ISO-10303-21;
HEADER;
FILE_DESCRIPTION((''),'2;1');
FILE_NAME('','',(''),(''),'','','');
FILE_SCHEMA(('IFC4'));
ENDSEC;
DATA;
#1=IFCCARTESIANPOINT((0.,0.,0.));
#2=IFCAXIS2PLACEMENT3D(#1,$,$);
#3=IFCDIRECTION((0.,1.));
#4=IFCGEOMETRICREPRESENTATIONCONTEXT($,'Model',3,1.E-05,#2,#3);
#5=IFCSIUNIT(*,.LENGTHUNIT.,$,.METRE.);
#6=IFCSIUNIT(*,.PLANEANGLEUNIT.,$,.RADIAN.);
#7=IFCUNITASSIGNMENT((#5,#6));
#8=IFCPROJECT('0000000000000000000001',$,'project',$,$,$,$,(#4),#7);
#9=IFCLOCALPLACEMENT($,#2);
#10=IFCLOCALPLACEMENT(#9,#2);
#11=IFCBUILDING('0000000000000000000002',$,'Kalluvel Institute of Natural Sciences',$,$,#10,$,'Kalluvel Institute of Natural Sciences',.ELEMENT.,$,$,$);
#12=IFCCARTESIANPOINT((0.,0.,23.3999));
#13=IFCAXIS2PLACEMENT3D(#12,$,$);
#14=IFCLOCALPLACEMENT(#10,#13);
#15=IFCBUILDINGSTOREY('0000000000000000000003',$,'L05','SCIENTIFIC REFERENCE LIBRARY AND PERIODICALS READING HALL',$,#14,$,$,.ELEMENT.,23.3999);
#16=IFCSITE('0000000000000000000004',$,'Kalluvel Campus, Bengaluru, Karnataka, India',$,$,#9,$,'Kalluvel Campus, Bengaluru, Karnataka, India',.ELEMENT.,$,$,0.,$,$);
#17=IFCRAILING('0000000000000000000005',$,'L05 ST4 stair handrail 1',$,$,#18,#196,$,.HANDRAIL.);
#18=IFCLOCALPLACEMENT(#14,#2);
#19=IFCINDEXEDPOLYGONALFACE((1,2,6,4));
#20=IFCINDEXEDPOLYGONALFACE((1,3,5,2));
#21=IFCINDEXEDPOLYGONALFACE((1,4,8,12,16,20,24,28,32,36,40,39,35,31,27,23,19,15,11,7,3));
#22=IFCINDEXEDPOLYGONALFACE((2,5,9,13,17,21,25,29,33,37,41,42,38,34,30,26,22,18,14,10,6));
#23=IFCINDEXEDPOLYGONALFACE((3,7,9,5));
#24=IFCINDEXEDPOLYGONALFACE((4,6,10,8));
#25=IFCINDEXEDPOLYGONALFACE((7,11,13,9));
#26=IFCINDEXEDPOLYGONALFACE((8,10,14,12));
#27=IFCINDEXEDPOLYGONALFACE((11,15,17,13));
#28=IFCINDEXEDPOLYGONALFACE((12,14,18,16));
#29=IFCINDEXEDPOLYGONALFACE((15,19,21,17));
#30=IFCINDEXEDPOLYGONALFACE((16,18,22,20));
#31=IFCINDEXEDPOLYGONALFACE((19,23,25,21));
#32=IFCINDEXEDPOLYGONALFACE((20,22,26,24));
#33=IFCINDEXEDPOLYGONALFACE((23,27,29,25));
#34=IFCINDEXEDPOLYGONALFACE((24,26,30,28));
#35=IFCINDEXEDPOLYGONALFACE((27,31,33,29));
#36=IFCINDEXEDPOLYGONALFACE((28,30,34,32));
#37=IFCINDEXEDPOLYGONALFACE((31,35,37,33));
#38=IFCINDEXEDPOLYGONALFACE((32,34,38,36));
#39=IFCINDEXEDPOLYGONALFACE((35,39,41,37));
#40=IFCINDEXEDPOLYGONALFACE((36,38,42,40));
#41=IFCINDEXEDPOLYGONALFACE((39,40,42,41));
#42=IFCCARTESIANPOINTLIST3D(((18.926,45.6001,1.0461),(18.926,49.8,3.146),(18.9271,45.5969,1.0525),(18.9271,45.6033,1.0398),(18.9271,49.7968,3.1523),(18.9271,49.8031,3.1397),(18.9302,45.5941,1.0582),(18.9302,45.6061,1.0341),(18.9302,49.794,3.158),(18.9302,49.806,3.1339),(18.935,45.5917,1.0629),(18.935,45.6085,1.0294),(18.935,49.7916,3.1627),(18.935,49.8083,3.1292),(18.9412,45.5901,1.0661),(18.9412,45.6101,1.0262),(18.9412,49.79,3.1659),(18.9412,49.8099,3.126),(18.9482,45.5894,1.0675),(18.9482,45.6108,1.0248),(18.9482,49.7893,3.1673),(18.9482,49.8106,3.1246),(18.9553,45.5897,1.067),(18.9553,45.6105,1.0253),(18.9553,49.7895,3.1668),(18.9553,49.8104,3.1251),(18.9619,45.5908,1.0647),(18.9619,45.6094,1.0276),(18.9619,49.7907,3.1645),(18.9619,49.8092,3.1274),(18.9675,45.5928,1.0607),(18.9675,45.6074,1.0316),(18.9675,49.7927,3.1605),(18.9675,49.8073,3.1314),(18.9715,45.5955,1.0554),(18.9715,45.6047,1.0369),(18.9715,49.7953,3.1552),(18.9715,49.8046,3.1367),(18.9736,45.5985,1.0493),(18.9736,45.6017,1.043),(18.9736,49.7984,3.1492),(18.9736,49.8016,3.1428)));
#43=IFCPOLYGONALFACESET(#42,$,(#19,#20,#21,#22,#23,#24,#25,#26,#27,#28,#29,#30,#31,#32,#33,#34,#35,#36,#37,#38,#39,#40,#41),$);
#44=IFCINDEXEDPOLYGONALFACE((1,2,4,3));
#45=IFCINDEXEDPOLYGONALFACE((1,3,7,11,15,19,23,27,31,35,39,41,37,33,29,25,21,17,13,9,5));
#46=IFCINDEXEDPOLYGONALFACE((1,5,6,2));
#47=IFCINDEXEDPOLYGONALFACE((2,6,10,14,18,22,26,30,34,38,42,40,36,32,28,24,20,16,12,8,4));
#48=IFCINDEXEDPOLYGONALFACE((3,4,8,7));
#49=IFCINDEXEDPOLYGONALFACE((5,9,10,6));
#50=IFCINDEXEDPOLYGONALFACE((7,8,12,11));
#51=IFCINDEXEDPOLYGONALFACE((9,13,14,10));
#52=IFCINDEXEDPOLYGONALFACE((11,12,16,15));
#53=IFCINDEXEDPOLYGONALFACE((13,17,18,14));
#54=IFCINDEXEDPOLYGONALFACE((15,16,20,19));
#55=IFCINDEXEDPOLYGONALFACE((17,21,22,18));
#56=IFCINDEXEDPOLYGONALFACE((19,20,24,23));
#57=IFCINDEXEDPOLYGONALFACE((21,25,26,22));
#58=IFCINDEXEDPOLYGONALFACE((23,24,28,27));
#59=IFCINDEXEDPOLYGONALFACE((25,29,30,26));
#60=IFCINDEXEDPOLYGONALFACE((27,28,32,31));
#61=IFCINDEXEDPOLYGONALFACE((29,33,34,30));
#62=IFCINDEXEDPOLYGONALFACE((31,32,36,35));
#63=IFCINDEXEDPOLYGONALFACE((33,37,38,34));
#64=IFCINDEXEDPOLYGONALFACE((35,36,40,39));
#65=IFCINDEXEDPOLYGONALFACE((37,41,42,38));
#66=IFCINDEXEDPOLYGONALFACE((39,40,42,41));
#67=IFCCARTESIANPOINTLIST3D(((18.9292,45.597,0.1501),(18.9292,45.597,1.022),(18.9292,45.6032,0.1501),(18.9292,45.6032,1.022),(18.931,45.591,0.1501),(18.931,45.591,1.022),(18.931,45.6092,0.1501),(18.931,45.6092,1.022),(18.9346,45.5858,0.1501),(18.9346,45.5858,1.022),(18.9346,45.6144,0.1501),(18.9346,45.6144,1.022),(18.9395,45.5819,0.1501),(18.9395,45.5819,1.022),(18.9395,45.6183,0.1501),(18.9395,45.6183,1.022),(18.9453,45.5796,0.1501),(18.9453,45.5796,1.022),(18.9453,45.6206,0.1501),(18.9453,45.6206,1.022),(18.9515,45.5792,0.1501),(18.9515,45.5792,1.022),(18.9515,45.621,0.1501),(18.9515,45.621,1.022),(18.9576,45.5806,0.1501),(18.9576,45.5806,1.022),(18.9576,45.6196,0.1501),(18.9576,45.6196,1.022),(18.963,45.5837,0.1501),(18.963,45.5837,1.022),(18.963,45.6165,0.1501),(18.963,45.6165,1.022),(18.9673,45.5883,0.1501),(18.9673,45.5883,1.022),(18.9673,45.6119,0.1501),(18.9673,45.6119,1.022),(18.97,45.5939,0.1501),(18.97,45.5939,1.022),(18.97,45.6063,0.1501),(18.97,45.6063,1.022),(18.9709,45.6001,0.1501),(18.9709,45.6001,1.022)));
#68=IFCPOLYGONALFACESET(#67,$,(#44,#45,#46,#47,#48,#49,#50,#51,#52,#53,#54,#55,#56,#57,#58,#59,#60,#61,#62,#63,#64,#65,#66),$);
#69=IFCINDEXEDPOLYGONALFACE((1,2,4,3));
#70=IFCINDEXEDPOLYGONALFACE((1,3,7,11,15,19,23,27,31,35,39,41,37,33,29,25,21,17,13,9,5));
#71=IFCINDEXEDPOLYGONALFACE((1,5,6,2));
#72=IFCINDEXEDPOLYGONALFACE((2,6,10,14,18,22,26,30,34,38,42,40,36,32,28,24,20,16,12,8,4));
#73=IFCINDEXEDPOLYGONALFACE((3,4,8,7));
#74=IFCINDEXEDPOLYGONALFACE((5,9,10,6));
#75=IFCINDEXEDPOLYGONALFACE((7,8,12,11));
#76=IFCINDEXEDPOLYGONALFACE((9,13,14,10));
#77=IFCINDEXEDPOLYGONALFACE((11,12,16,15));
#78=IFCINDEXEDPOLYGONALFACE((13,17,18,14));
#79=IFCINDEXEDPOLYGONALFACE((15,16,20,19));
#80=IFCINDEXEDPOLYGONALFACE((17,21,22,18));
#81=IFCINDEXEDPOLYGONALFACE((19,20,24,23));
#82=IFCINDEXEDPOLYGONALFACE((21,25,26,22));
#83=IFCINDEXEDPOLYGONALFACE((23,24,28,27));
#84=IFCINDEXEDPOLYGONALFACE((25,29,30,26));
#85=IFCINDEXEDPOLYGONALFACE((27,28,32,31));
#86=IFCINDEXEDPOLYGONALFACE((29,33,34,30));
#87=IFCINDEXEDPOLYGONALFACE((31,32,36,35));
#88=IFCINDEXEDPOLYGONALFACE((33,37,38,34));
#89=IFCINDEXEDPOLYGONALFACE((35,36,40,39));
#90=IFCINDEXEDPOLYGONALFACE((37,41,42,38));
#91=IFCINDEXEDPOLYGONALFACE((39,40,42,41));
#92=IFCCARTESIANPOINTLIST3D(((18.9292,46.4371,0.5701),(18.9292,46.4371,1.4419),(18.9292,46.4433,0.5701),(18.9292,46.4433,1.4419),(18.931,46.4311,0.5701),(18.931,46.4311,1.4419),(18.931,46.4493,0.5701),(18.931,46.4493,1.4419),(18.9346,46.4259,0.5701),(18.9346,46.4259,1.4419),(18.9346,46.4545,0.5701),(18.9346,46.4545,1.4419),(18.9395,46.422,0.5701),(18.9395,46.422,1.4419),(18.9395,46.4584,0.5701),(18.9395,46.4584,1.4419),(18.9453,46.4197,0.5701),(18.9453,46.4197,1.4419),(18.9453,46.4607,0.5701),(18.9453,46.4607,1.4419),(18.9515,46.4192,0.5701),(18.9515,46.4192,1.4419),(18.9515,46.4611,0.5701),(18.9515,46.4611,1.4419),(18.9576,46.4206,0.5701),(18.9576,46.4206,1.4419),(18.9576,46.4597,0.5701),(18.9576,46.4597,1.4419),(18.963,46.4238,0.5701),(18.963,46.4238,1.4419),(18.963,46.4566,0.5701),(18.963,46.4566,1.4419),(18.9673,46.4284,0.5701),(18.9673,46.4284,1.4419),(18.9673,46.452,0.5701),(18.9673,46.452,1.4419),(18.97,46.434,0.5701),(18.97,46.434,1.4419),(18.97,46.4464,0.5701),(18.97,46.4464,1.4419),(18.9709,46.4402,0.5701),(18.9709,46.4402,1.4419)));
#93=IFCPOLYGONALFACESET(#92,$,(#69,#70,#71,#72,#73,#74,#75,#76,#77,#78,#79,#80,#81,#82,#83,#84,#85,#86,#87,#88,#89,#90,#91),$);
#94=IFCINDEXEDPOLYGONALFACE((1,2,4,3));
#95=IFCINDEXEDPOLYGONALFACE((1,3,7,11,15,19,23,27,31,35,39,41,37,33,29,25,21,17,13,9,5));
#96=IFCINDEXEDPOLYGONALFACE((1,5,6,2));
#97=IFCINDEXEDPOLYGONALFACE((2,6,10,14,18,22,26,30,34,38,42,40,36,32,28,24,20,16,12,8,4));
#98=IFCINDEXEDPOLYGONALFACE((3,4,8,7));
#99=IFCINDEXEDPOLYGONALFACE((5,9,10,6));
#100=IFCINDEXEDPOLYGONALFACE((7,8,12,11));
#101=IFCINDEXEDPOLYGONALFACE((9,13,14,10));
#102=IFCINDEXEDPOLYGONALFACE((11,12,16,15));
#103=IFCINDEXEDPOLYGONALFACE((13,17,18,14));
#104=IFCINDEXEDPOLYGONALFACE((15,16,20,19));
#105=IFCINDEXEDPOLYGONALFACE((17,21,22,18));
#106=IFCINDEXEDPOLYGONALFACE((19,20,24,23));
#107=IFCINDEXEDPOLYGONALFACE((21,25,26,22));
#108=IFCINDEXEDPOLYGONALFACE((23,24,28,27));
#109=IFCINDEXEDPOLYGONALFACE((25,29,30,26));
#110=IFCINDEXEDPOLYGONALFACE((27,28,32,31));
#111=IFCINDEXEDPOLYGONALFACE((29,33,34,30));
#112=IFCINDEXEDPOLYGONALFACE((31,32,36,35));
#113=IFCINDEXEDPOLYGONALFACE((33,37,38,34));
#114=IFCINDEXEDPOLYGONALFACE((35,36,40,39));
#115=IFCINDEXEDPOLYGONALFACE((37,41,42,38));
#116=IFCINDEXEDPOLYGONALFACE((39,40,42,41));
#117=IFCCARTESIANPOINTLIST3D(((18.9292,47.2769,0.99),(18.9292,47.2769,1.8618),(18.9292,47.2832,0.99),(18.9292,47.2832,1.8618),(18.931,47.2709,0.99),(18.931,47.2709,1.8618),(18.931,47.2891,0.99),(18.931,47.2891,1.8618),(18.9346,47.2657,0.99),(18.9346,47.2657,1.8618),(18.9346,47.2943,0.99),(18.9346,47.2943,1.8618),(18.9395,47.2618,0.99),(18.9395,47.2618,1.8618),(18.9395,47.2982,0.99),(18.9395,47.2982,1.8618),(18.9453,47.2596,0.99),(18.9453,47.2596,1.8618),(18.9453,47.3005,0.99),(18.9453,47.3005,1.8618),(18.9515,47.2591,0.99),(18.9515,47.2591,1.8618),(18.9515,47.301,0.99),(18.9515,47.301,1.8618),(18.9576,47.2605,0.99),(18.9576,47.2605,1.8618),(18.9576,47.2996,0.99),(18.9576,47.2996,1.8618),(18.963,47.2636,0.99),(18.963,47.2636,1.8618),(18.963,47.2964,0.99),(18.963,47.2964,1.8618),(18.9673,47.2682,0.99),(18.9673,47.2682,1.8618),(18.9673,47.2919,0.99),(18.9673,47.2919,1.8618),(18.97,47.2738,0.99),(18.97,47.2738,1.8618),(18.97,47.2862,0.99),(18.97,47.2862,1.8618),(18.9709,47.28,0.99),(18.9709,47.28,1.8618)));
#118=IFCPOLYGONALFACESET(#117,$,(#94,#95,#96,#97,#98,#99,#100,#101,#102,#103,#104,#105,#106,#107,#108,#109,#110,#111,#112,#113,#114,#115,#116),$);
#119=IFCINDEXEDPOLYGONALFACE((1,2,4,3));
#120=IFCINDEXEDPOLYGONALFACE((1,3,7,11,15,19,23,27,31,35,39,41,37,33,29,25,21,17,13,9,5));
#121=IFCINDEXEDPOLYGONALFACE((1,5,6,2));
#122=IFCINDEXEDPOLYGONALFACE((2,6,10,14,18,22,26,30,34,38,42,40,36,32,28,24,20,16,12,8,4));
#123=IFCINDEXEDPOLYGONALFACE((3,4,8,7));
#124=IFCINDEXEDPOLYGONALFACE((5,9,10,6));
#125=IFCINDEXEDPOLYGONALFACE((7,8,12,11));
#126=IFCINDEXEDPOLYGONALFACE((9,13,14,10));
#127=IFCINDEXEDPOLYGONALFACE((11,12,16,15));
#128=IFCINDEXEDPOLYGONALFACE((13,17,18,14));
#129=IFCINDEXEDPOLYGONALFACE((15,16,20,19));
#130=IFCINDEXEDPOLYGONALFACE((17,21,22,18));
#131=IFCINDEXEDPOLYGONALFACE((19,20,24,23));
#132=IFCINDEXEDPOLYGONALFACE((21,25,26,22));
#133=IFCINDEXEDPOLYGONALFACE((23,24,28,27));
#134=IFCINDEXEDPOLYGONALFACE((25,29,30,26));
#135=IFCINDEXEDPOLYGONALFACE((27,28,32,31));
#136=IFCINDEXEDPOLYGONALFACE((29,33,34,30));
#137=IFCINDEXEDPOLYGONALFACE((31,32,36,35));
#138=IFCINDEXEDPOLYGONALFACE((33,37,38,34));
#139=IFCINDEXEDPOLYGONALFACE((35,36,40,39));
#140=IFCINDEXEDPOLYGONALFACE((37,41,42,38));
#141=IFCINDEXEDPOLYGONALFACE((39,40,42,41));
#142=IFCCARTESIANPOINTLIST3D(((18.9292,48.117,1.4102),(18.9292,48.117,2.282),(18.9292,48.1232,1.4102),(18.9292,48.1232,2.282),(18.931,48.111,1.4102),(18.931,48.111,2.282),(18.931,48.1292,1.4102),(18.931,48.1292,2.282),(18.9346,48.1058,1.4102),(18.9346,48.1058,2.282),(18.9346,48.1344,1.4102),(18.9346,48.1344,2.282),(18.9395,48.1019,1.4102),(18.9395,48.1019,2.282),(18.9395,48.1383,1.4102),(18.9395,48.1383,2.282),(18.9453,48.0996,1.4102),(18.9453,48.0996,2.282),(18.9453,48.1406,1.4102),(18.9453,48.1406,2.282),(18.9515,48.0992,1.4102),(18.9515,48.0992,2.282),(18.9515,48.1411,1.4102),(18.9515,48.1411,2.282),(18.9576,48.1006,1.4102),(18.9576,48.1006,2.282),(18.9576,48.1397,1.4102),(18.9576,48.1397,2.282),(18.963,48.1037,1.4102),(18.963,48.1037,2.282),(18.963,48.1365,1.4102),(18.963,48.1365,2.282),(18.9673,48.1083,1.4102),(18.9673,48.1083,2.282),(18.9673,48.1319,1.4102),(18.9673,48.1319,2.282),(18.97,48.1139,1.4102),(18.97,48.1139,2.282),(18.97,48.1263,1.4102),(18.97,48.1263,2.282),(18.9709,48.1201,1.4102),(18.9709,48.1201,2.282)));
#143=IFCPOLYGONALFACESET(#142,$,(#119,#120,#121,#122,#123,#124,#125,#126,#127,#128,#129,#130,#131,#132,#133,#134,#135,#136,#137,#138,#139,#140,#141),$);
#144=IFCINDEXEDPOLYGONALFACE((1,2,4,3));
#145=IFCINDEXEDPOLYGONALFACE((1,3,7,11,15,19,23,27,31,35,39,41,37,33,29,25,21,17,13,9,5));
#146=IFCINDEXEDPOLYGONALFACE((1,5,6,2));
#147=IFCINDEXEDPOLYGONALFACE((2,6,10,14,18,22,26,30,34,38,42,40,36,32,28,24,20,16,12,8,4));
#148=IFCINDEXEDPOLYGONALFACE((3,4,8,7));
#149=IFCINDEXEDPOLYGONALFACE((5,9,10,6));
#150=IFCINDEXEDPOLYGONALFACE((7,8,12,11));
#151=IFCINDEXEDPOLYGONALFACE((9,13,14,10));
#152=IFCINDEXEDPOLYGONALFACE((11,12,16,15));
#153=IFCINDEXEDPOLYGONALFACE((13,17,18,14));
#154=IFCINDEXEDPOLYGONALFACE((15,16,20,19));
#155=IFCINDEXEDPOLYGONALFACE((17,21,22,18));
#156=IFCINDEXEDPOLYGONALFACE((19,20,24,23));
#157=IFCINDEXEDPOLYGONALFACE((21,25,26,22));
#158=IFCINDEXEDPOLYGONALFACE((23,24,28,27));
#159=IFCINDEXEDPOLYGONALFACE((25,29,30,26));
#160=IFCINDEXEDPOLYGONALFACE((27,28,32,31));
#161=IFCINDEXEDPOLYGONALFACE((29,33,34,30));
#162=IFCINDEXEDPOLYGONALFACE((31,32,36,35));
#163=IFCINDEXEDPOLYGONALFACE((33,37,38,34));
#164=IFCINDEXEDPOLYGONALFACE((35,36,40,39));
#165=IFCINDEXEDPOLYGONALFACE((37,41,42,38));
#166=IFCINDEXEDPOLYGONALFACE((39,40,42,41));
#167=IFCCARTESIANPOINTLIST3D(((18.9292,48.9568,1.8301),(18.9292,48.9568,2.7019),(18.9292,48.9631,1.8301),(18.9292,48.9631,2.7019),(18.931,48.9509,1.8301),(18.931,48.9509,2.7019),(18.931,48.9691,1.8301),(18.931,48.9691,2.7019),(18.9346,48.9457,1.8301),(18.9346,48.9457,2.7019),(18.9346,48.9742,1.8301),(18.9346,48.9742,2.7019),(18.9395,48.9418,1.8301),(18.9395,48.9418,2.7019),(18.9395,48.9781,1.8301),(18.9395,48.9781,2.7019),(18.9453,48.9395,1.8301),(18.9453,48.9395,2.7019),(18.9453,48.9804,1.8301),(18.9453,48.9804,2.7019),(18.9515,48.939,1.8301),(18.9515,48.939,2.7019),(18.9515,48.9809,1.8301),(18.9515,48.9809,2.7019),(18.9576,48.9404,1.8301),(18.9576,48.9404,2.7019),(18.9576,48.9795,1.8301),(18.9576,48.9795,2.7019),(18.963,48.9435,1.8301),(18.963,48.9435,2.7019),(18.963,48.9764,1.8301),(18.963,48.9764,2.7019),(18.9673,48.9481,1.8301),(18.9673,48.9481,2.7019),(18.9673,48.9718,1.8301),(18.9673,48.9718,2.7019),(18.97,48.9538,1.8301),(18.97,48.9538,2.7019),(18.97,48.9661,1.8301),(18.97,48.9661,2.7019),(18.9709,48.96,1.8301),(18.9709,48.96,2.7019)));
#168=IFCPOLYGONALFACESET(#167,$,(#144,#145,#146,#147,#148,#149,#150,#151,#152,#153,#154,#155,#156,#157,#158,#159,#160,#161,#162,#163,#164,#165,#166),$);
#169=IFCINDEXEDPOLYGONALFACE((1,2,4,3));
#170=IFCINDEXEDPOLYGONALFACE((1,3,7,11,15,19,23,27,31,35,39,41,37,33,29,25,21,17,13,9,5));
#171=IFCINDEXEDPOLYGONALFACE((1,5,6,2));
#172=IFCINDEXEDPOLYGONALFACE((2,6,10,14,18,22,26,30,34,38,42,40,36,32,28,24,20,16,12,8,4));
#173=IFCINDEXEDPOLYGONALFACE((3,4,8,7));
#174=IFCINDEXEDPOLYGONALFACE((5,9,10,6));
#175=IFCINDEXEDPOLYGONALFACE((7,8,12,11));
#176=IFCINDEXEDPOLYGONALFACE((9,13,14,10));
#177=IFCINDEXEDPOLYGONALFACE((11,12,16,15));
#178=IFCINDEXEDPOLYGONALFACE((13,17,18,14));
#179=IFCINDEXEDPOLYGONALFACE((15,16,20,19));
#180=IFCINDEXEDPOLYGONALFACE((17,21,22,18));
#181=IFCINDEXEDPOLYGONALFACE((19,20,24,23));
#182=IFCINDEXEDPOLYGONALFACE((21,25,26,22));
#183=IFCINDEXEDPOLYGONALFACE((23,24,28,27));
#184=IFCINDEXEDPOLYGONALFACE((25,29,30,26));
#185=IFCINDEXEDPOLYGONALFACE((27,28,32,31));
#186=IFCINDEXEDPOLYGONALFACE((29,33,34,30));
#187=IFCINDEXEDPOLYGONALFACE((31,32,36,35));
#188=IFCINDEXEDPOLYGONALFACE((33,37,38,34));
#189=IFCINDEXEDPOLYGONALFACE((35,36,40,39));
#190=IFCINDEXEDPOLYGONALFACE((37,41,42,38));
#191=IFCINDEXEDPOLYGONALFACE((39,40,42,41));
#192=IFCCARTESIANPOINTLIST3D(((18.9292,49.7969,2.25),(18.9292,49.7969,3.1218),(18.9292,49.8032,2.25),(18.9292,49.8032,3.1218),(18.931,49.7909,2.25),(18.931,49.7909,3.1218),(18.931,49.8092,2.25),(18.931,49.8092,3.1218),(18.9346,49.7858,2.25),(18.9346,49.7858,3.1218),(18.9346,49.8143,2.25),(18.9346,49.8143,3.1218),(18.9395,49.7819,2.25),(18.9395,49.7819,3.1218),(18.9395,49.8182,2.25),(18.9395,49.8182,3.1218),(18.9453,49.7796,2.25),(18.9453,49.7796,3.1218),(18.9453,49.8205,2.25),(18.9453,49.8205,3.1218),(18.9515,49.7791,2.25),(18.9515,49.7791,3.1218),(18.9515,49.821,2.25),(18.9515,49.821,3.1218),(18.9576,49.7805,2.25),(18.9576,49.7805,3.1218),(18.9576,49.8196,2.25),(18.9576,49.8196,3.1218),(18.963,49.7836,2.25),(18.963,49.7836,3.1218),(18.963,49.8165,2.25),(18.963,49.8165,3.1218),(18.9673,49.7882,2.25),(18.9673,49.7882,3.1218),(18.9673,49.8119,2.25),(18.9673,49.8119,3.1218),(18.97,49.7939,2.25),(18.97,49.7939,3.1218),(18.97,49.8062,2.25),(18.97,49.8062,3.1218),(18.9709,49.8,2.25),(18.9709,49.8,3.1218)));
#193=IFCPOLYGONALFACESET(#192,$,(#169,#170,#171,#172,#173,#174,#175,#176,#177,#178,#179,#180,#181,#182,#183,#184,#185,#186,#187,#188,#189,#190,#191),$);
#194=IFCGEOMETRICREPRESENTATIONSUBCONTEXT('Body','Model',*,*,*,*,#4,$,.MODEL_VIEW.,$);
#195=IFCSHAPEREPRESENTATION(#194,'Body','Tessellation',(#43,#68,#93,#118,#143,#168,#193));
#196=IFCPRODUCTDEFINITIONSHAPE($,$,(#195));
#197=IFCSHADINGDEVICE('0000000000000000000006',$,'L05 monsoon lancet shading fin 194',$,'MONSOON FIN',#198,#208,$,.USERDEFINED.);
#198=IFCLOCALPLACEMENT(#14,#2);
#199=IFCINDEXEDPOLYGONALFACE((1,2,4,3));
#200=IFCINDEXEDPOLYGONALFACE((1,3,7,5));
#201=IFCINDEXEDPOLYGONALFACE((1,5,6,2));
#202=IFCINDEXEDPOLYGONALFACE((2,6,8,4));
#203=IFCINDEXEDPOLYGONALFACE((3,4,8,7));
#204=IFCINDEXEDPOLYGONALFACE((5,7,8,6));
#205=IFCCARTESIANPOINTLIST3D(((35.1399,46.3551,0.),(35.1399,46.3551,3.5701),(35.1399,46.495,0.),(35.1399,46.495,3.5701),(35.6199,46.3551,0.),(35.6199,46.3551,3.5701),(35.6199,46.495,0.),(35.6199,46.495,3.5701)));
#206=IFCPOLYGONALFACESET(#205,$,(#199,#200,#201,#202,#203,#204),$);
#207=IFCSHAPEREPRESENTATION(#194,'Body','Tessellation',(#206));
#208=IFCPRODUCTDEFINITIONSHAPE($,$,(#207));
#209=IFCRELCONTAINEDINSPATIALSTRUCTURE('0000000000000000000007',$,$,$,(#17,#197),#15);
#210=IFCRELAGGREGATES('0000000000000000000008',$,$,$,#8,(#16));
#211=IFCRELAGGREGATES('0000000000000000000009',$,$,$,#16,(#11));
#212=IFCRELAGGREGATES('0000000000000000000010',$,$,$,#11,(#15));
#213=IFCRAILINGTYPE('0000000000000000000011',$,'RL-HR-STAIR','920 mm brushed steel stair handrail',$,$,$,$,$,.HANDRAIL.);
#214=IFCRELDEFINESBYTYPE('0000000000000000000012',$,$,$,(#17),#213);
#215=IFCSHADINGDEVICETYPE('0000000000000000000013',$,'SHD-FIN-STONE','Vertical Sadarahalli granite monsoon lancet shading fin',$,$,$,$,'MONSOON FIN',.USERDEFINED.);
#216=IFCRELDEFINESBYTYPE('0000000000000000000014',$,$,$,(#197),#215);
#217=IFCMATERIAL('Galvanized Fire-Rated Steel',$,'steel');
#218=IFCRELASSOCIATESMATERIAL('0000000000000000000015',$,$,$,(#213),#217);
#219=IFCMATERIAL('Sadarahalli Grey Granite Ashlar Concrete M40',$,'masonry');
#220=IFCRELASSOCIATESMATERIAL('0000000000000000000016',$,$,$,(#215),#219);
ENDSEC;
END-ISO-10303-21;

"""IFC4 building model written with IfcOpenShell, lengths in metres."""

from ifc_helpers import new_model, si_unit, direction, frame, origin, origin_2d, place, context, subcontext, project, spatial, rectangle, circle, extrude, material, type_object, element, save


model = new_model("IFC4")

# Units and contexts
model_context = context("Model", 3, precision=1e-05, world=origin(), true_north=direction((0.0, 1.0)))
body_context = subcontext(model_context, "Body", "Model", "MODEL_VIEW")
ifc_project = project(units=[si_unit("LENGTHUNIT", "METRE"), si_unit("PLANEANGLEUNIT", "RADIAN")], contexts=[model_context])

# Site, building, storey
site_placement = place(None, origin())
site = spatial("IfcSite", under=ifc_project, at=site_placement, Name="Kalluvel Campus, Bengaluru, Karnataka, India", LongName="Kalluvel Campus, Bengaluru, Karnataka, India", CompositionType="ELEMENT", RefElevation=0.0)
building_placement = place(site_placement, origin())
building = spatial("IfcBuilding", under=site, at=building_placement, Name="Kalluvel Institute of Natural Sciences", LongName="Kalluvel Institute of Natural Sciences", CompositionType="ELEMENT")
storey_placement = place(building_placement, frame((0.0, 0.0, 23.3999)))
storey = spatial("IfcBuildingStorey", under=building, at=storey_placement, Name="L05", Description="SCIENTIFIC REFERENCE LIBRARY AND PERIODICALS READING HALL", CompositionType="ELEMENT", Elevation=23.3999)

# Shared definitions
ifc_material_1 = material(Name="Galvanized Fire-Rated Steel", Category="steel")

# Railing
railing_type = type_object("IfcRailingType", Name="RL-HR-STAIR", Description="920 mm brushed steel stair handrail", PredefinedType="HANDRAIL", material=ifc_material_1)
railing_placement = place(storey_placement, frame((18.95, 45.6001, 0.1501)))
element("IfcRailing", 1, at=railing_placement, inside=storey, type_object=railing_type, Name="L05 ST4 stair handrail 1", PredefinedType="HANDRAIL", context=body_context, shape_type="SweptSolid", body=[
    extrude(circle(Radius=0.0239, at=origin_2d()), frame((0.0, 0.0, 0.896), z_axis=(0.0, 0.894438, 0.447193), x_axis=(-1.0, 0.0, 0.0)), (0.0, 0.0, 1.0), 4.6956),
    extrude(circle(Radius=0.021, at=origin_2d()), origin(), (0.0, 0.0, 1.0), 0.8718),
    extrude(circle(Radius=0.021, at=origin_2d()), frame((0.0, 0.8401, 0.4199)), (0.0, 0.0, 1.0), 0.8718),
    extrude(circle(Radius=0.021, at=origin_2d()), frame((0.0, 1.6799, 0.8398)), (0.0, 0.0, 1.0), 0.8718),
    extrude(circle(Radius=0.021, at=origin_2d()), frame((0.0, 2.52, 1.26)), (0.0, 0.0, 1.0), 0.8718),
    extrude(circle(Radius=0.021, at=origin_2d()), frame((0.0, 3.3599, 1.6799)), (0.0, 0.0, 1.0), 0.8718),
    extrude(circle(Radius=0.021, at=origin_2d()), frame((0.0, 4.2, 2.0999)), (0.0, 0.0, 1.0), 0.8718),
])

# Shading device
ifc_material_2 = material(Name="Sadarahalli Grey Granite Ashlar Concrete M40", Category="masonry")
shading_device_type_1 = type_object("IfcShadingDeviceType", Name="SHD-FIN-STONE", Description="Vertical Sadarahalli granite monsoon lancet shading fin", ElementType="MONSOON FIN", PredefinedType="USERDEFINED", material=ifc_material_2)
for number, where, z_axis, x_axis, name in (
    (2, (35.3799, 46.425, 0.0), (0.0, 0.0, 1.0), (0.0, 1.0, 0.0), "L05 monsoon lancet shading fin 194"),
):
    element("IfcShadingDevice", number, at=place(storey_placement, frame(where, z_axis=z_axis, x_axis=x_axis)), inside=storey, type_object=shading_device_type_1, Name=name, ObjectType="MONSOON FIN", PredefinedType="USERDEFINED", context=body_context, shape_type="SweptSolid", body=[
        extrude(rectangle(XDim=0.1399, YDim=0.48, at=origin_2d()), origin(), (0.0, 0.0, 1.0), 3.5701),
    ])

save(model, "model.ifc")
